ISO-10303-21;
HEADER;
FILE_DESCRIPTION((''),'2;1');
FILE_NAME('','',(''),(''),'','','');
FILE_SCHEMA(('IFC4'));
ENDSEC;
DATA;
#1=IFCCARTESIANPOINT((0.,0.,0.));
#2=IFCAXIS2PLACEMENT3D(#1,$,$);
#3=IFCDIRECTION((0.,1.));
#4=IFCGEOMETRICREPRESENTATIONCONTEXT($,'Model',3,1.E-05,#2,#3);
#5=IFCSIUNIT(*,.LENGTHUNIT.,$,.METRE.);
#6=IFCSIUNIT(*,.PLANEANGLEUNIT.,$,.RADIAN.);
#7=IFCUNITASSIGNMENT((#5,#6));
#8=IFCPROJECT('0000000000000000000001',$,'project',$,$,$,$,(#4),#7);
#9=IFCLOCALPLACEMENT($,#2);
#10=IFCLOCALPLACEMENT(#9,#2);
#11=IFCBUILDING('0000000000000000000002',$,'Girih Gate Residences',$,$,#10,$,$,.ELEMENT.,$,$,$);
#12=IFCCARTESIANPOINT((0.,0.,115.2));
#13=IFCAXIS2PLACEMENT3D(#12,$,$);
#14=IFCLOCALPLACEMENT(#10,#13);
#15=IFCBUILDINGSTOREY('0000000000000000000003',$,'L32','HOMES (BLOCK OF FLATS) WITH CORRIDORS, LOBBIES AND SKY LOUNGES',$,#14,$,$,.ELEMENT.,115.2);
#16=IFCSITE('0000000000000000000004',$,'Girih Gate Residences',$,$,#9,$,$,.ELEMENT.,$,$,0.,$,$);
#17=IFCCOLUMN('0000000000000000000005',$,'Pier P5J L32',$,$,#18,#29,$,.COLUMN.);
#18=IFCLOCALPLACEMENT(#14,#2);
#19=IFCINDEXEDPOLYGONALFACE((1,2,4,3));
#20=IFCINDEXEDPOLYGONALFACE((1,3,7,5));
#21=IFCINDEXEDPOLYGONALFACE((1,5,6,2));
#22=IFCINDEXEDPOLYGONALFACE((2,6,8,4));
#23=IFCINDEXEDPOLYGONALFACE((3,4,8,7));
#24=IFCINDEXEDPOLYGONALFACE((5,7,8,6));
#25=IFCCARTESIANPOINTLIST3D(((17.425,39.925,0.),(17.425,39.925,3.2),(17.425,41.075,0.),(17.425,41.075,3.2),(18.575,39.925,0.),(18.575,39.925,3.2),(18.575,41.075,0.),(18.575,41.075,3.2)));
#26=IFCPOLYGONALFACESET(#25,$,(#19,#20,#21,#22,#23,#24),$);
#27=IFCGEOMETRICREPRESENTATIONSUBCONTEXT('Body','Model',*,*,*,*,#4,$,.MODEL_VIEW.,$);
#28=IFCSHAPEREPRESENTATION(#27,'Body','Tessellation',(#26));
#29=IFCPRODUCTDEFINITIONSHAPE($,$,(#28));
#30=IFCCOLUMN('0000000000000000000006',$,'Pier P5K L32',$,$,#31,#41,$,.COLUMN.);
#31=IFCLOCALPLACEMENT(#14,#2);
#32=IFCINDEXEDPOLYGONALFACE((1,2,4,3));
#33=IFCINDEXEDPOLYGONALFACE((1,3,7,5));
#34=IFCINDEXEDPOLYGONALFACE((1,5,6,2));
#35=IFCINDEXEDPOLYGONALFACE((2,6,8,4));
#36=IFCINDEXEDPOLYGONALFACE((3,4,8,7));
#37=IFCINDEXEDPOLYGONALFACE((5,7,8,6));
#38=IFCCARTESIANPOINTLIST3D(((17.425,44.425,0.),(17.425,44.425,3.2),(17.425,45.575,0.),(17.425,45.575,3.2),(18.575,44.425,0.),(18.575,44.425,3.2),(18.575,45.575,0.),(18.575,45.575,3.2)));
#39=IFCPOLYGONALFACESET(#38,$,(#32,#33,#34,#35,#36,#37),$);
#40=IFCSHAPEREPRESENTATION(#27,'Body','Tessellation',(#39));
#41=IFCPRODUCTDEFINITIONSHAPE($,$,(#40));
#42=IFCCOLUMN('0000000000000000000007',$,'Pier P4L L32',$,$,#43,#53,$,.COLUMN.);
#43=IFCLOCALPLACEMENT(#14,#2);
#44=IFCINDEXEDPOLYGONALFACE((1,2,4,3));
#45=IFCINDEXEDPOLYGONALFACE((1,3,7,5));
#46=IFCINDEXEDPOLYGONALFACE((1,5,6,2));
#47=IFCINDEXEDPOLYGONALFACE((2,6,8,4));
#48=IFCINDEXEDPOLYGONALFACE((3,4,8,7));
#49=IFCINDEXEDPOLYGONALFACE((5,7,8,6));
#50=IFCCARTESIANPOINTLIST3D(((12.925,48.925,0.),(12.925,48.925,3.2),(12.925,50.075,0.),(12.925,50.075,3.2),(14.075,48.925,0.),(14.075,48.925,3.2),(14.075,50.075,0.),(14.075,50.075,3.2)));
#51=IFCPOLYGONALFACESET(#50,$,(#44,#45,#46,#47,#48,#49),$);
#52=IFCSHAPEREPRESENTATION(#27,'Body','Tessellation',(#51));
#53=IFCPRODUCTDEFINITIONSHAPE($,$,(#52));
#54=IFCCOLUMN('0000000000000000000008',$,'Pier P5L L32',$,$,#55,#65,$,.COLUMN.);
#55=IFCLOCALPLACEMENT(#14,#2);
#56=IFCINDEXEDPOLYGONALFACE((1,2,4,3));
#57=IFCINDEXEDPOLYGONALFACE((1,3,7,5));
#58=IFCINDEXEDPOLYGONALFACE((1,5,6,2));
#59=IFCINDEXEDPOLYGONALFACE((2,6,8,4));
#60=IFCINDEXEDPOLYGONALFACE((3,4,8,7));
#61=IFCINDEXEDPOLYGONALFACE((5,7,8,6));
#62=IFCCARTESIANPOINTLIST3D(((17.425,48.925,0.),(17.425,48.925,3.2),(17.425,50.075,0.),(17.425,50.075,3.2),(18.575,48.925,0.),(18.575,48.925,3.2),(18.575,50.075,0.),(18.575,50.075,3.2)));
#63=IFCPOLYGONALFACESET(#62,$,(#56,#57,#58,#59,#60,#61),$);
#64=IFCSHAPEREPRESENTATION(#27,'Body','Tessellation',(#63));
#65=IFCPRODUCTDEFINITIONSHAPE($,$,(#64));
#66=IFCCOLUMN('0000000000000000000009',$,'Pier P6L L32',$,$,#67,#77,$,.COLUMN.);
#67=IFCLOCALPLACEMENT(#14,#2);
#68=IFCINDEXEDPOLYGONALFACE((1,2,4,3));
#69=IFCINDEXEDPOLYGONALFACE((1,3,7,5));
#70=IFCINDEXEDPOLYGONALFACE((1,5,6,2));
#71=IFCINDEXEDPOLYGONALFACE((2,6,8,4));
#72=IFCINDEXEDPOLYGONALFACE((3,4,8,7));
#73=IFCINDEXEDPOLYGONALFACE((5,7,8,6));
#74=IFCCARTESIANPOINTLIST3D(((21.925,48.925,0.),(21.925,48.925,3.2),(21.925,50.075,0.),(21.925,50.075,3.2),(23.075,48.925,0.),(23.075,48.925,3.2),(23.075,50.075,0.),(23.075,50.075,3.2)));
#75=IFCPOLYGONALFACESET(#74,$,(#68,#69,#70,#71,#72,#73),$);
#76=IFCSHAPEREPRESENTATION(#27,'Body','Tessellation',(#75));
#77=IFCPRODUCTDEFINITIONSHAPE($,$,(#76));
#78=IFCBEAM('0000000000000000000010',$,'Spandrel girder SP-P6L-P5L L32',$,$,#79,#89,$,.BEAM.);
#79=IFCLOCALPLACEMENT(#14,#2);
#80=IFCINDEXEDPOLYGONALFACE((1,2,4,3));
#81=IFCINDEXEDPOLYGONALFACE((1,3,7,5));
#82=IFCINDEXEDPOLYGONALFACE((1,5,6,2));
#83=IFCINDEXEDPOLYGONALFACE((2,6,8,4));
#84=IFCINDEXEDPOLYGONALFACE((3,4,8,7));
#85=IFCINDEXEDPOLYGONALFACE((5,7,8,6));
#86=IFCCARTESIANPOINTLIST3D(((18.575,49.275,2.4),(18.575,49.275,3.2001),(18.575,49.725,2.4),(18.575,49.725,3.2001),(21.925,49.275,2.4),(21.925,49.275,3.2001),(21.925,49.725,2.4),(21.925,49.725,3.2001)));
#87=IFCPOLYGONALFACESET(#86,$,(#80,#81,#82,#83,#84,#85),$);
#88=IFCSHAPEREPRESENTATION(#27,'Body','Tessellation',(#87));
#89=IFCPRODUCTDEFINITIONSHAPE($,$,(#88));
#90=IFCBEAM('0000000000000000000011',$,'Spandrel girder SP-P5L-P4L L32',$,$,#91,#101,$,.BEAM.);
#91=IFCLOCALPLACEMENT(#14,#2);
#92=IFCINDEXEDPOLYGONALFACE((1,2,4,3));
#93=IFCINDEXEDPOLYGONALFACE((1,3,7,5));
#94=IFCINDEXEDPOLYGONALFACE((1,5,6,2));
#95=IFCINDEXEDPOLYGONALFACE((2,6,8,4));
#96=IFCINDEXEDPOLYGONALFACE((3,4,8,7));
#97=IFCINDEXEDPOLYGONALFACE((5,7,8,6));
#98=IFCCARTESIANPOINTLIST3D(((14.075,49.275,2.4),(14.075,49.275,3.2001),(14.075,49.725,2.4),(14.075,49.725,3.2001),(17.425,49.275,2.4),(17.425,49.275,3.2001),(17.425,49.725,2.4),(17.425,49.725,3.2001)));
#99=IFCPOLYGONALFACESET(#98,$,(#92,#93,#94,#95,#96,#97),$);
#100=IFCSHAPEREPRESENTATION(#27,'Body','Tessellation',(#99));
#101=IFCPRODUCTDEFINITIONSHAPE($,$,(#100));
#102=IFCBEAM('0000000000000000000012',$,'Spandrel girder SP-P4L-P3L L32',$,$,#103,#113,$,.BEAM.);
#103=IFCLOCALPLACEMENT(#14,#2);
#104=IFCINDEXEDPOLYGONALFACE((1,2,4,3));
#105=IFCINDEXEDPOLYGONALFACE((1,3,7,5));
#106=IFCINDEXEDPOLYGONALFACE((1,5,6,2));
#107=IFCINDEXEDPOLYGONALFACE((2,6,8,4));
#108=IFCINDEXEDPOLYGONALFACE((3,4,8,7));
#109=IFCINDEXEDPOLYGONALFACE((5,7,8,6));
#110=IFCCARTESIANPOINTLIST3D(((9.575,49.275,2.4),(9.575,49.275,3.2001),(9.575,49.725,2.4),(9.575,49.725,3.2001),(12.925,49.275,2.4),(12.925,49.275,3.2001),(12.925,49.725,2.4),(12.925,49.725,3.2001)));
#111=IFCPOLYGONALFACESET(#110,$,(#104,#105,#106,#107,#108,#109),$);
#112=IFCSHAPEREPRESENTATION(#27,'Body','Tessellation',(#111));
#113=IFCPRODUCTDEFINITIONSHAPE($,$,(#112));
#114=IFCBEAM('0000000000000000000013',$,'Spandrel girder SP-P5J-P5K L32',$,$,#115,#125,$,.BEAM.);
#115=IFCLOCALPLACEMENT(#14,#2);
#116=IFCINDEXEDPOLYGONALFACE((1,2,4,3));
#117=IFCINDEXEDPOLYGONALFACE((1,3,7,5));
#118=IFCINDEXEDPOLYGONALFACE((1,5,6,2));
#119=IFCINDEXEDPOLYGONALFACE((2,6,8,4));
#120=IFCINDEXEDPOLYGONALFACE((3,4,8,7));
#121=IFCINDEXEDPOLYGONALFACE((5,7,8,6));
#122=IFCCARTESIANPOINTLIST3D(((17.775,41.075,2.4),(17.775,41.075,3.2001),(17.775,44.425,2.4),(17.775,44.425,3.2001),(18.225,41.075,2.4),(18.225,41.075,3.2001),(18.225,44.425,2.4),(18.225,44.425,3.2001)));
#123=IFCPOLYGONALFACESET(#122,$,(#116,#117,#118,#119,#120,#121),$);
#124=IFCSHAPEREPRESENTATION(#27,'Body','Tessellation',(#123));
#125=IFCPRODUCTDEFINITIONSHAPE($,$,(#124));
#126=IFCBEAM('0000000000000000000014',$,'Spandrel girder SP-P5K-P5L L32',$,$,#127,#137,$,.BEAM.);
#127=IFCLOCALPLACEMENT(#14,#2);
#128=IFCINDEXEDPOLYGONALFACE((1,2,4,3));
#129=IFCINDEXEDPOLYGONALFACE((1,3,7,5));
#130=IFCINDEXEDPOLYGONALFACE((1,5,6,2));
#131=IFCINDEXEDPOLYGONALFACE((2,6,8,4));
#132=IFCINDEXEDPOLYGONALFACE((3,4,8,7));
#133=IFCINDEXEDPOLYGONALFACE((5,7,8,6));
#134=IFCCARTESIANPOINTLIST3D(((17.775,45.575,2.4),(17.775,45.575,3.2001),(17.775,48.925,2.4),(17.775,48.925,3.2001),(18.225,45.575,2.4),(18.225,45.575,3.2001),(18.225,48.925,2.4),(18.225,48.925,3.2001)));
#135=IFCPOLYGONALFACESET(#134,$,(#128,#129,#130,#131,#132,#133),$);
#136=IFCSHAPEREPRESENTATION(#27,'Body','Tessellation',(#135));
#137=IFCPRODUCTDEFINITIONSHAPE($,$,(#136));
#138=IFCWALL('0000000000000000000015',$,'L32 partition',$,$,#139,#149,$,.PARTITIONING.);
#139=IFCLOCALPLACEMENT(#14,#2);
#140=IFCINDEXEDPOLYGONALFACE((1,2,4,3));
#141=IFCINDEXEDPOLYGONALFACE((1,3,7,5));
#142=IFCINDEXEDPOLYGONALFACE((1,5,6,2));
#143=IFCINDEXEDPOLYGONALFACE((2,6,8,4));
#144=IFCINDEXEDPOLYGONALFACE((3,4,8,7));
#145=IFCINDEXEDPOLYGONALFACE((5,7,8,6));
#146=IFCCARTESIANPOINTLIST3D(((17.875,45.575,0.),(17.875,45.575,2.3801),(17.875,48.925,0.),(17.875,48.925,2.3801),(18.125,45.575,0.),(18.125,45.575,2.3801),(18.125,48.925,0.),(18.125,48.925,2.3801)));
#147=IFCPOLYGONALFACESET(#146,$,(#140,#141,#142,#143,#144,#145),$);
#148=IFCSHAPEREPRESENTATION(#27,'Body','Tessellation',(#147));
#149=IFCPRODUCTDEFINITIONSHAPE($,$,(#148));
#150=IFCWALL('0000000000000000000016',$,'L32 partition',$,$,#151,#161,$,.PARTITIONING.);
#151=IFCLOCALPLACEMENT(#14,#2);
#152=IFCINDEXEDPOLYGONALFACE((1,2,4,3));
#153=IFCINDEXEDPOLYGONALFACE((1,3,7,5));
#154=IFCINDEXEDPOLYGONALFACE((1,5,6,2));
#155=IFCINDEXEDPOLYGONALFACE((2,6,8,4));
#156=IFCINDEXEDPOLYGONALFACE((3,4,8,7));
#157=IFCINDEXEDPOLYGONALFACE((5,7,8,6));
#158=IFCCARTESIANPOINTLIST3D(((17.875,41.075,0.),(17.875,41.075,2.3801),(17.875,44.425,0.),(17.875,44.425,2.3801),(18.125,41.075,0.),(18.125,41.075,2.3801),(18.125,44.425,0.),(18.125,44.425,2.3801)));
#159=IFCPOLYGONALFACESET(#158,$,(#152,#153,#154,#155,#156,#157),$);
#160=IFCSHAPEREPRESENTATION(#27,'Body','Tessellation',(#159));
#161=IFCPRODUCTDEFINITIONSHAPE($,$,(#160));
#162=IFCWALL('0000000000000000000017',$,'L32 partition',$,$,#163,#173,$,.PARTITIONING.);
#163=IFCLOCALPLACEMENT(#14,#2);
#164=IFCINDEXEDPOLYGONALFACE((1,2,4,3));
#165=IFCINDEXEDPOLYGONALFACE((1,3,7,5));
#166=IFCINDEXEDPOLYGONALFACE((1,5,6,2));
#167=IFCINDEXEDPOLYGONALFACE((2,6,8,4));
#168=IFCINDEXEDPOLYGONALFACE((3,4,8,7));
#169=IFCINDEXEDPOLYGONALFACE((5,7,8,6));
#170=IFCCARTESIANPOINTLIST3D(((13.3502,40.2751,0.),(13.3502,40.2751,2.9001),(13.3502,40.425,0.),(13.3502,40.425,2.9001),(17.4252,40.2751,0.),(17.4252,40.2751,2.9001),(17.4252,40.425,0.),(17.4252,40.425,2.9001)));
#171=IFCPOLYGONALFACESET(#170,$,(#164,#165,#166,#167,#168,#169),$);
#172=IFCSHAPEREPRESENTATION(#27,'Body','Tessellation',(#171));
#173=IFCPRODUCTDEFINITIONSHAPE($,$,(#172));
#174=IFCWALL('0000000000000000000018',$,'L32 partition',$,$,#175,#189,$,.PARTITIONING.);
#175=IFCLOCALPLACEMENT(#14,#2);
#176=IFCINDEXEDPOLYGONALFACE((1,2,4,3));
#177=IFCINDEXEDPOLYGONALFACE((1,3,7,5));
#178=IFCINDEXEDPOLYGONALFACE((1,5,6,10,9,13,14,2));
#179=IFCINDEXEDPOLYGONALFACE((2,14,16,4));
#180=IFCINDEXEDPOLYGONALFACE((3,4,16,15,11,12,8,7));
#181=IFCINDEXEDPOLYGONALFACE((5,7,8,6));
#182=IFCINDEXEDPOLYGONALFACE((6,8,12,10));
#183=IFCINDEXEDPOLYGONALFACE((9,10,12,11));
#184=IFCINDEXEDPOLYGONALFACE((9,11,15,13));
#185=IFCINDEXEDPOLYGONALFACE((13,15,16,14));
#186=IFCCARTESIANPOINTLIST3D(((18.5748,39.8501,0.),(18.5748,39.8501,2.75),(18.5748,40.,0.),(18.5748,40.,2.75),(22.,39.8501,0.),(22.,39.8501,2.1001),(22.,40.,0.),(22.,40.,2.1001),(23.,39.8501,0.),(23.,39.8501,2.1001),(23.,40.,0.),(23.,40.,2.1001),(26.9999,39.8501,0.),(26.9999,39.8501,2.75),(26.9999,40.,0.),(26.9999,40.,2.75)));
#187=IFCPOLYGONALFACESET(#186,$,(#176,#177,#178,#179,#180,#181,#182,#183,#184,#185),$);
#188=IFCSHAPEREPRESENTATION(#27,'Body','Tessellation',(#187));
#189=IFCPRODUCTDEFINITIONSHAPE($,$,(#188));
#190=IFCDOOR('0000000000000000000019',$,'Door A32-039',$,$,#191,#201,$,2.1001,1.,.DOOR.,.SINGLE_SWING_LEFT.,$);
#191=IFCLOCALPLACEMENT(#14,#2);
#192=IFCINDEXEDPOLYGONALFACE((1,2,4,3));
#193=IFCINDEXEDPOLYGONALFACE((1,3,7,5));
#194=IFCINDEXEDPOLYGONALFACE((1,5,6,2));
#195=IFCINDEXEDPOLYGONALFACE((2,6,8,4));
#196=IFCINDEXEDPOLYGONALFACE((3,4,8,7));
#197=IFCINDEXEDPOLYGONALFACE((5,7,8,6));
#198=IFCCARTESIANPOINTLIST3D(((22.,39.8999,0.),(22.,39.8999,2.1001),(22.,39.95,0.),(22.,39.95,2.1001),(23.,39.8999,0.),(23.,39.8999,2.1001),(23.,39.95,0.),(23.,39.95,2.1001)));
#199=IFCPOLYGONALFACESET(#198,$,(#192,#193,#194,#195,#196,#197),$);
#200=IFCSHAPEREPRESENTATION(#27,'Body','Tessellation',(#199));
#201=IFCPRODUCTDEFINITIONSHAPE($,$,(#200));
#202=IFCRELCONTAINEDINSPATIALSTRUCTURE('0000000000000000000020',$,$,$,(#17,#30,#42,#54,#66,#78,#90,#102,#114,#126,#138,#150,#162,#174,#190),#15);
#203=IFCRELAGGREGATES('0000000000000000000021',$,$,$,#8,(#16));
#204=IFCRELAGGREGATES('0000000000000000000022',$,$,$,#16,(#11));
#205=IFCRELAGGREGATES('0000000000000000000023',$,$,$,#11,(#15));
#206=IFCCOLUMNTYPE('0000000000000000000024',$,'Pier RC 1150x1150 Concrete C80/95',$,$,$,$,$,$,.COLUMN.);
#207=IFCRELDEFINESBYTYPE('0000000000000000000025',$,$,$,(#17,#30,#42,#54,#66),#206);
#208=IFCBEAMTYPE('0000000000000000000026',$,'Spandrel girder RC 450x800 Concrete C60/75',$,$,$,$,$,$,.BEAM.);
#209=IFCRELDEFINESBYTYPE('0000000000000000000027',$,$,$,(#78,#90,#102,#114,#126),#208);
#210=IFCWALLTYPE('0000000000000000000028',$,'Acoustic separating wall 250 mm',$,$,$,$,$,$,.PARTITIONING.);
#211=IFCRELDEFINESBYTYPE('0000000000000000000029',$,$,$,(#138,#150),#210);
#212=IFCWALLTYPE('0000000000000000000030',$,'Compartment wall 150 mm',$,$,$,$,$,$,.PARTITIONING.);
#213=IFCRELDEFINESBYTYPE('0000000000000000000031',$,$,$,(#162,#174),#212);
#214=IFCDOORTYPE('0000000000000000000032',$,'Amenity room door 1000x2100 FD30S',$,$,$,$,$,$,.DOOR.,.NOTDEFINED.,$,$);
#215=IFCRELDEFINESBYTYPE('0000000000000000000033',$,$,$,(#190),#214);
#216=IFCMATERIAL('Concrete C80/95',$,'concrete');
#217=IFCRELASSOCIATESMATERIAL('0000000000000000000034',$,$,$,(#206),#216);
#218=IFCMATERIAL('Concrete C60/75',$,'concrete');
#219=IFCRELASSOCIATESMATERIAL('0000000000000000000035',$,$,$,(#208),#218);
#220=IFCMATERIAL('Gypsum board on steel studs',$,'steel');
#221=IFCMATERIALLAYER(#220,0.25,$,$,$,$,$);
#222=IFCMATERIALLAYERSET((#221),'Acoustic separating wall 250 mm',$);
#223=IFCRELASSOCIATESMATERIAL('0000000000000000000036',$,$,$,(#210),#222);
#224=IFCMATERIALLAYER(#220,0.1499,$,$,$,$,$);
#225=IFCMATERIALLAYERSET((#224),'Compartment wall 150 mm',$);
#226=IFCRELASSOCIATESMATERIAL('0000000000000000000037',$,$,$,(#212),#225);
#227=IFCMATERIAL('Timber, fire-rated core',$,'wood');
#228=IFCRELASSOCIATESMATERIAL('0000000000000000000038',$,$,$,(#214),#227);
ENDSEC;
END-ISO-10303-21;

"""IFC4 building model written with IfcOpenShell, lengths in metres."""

from ifc_helpers import new_model, si_unit, direction, frame, frame_2d, origin, origin_2d, place, context, subcontext, project, spatial, rectangle, extrude, material, layer, layer_set, material_profile, profile_set, type_object, element, fill, save


model = new_model("IFC4")

# Units and contexts
model_context = context("Model", 3, precision=1e-05, world=origin(), true_north=direction((0.0, 1.0)))
body_context = subcontext(model_context, "Body", "Model", "MODEL_VIEW")
ifc_project = project(units=[si_unit("LENGTHUNIT", "METRE"), si_unit("PLANEANGLEUNIT", "RADIAN")], contexts=[model_context])

# Site, building, storey
site_placement = place(None, origin())
site = spatial("IfcSite", under=ifc_project, at=site_placement, Name="Girih Gate Residences", CompositionType="ELEMENT", RefElevation=0.0)
building_placement = place(site_placement, origin())
building = spatial("IfcBuilding", under=site, at=building_placement, Name="Girih Gate Residences", CompositionType="ELEMENT")
storey_placement = place(building_placement, frame((0.0, 0.0, 115.2)))
storey = spatial("IfcBuildingStorey", under=building, at=storey_placement, Name="L32", Description="HOMES (BLOCK OF FLATS) WITH CORRIDORS, LOBBIES AND SKY LOUNGES", CompositionType="ELEMENT", Elevation=115.2)

# Columns
ifc_material_1 = material(Name="Concrete C80/95", Category="concrete")
ifc_material_profile_1 = material_profile(ifc_material_1, rectangle(XDim=1.1499, YDim=1.1499, at=origin_2d()))
ifc_profile_set_1 = profile_set([ifc_material_profile_1], Name="Concrete C80/95")
column_type = type_object("IfcColumnType", Name="Pier RC 1150x1150 Concrete C80/95", PredefinedType="COLUMN", material=ifc_profile_set_1)
for number, where, z_axis, x_axis, name in (
    (1, (18.0, 40.5, 0.0), (0.0, 0.0, 1.0), (1.0, 0.0, 0.0), "Pier P5J L32"),
    (2, (18.0, 45.0, 0.0), (0.0, 0.0, 1.0), (1.0, 0.0, 0.0), "Pier P5K L32"),
    (3, (13.5, 49.5, 0.0), (0.0, 0.0, 1.0), (1.0, 0.0, 0.0), "Pier P4L L32"),
    (4, (18.0, 49.5, 0.0), (0.0, 0.0, 1.0), (1.0, 0.0, 0.0), "Pier P5L L32"),
    (5, (22.5, 49.5, 0.0), (0.0, 0.0, 1.0), (1.0, 0.0, 0.0), "Pier P6L L32"),
):
    element("IfcColumn", number, at=place(storey_placement, frame(where, z_axis=z_axis, x_axis=x_axis)), inside=storey, type_object=column_type, Name=name, PredefinedType="COLUMN", context=body_context, shape_type="SweptSolid", body=[
        extrude(rectangle(XDim=1.1499, YDim=1.1499, at=origin_2d()), origin(), (0.0, 0.0, 1.0), 3.2),
    ])

# Beams
ifc_material_2 = material(Name="Concrete C60/75", Category="concrete")
ifc_material_profile_2 = material_profile(ifc_material_2, rectangle(XDim=0.45, YDim=0.8, at=origin_2d()))
ifc_profile_set_2 = profile_set([ifc_material_profile_2], Name="Concrete C60/75")
beam_type = type_object("IfcBeamType", Name="Spandrel girder RC 450x800 Concrete C60/75", PredefinedType="BEAM", material=ifc_profile_set_2)
for number, where, z_axis, x_axis, name in (
    (6, (21.925, 49.5, 2.8), (-1.0, 0.0, 0.0), (0.0, -1.0, 0.0), "Spandrel girder SP-P6L-P5L L32"),
    (7, (17.425, 49.5, 2.8), (-1.0, 0.0, 0.0), (0.0, -1.0, 0.0), "Spandrel girder SP-P5L-P4L L32"),
    (8, (12.925, 49.5, 2.8), (-1.0, 0.0, 0.0), (0.0, -1.0, 0.0), "Spandrel girder SP-P4L-P3L L32"),
    (9, (18.0, 41.075, 2.8), (0.0, 1.0, 0.0), (-1.0, 0.0, 0.0), "Spandrel girder SP-P5J-P5K L32"),
    (10, (18.0, 45.575, 2.8), (0.0, 1.0, 0.0), (-1.0, 0.0, 0.0), "Spandrel girder SP-P5K-P5L L32"),
):
    element("IfcBeam", number, at=place(storey_placement, frame(where, z_axis=z_axis, x_axis=x_axis)), inside=storey, type_object=beam_type, Name=name, PredefinedType="BEAM", context=body_context, shape_type="SweptSolid", body=[
        extrude(rectangle(XDim=0.45, YDim=0.8, at=origin_2d()), origin(), (0.0, 0.0, 1.0), 3.3501),
    ])

# Walls
ifc_material_3 = material(Name="Gypsum board on steel studs", Category="steel")
ifc_layer_1 = layer(ifc_material_3, 0.25)
ifc_layer_set_1 = layer_set([ifc_layer_1], Name="Acoustic separating wall 250 mm")
wall_type_1 = type_object("IfcWallType", Name="Acoustic separating wall 250 mm", PredefinedType="PARTITIONING", material=ifc_layer_set_1)
for number, where, z_axis, x_axis, name in (
    (11, (18.0, 45.575, 0.0), (0.0, 0.0, 1.0), (0.0, 1.0, 0.0), "L32 partition"),
    (12, (18.0, 41.075, 0.0), (0.0, 0.0, 1.0), (0.0, 1.0, 0.0), "L32 partition"),
):
    element("IfcWall", number, at=place(storey_placement, frame(where, z_axis=z_axis, x_axis=x_axis)), inside=storey, type_object=wall_type_1, Name=name, PredefinedType="PARTITIONING", context=body_context, shape_type="SweptSolid", body=[
        extrude(rectangle(XDim=3.3501, YDim=0.25, at=frame_2d((1.675, 0.0))), origin(), (0.0, 0.0, 1.0), 2.3801),
    ])
ifc_layer_2 = layer(ifc_material_3, 0.1499)
ifc_layer_set_2 = layer_set([ifc_layer_2], Name="Compartment wall 150 mm")
wall_type_2 = type_object("IfcWallType", Name="Compartment wall 150 mm", PredefinedType="PARTITIONING", material=ifc_layer_set_2)
wall_1_placement = place(storey_placement, frame((13.3501, 40.3501, 0.0), z_axis=(0.0, 0.0, 1.0), x_axis=(1.0, 0.0, 0.0)))
element("IfcWall", 13, at=wall_1_placement, inside=storey, type_object=wall_type_2, Name="L32 partition", PredefinedType="PARTITIONING", context=body_context, shape_type="SweptSolid", body=[
    extrude(rectangle(XDim=4.075, YDim=0.1499, at=frame_2d((2.0376, 0.0))), origin(), (0.0, 0.0, 1.0), 2.9001),
])

# Wall, opening, door
wall_2_placement = place(storey_placement, frame((18.575, 39.925, 0.0), z_axis=(0.0, 0.0, 1.0), x_axis=(1.0, 0.0, 0.0)))
wall_2 = element("IfcWall", 14, at=wall_2_placement, inside=storey, type_object=wall_type_2, Name="L32 partition", PredefinedType="PARTITIONING", context=body_context, shape_type="SweptSolid", body=[
    extrude(rectangle(XDim=8.425, YDim=0.1499, at=frame_2d((4.2124, 0.0))), origin(), (0.0, 0.0, 1.0), 2.75),
])
opening_1_placement = place(wall_2_placement, frame((3.425, 0.0, 0.0)))
opening_1 = element("IfcOpeningElement", 15, at=opening_1_placement, cuts=wall_2, PredefinedType="OPENING", context=body_context, shape_type="SweptSolid", body=[
    extrude(rectangle(XDim=1.0, YDim=2.1001, at=frame_2d((0.5, 1.05))), frame((0.0, 0.085, 0.0), z_axis=(0.0, -1.0, 0.0), x_axis=(1.0, 0.0, 0.0)), (0.0, 0.0, 1.0), 0.1699),
])
ifc_material_4 = material(Name="Timber, fire-rated core", Category="wood")
door_type_1 = type_object("IfcDoorType", Name="Amenity room door 1000x2100 FD30S", OperationType="NOTDEFINED", PredefinedType="DOOR", material=ifc_material_4)
door_1_placement = place(opening_1_placement, origin())
door_1 = element("IfcDoor", 16, at=door_1_placement, inside=storey, type_object=door_type_1, Name="Door A32-039", OperationType="SINGLE_SWING_LEFT", OverallHeight=2.1001, OverallWidth=1.0, PredefinedType="DOOR", context=body_context, shape_type="SweptSolid", body=[
    extrude(rectangle(XDim=1.0, YDim=2.1001, at=frame_2d((0.5, 1.05))), frame((0.0, 0.0249, 0.0), z_axis=(0.0, -1.0, 0.0), x_axis=(1.0, 0.0, 0.0)), (0.0, 0.0, 1.0), 0.05),
])
fill(opening_1, door_1)

save(model, "model.ifc")
